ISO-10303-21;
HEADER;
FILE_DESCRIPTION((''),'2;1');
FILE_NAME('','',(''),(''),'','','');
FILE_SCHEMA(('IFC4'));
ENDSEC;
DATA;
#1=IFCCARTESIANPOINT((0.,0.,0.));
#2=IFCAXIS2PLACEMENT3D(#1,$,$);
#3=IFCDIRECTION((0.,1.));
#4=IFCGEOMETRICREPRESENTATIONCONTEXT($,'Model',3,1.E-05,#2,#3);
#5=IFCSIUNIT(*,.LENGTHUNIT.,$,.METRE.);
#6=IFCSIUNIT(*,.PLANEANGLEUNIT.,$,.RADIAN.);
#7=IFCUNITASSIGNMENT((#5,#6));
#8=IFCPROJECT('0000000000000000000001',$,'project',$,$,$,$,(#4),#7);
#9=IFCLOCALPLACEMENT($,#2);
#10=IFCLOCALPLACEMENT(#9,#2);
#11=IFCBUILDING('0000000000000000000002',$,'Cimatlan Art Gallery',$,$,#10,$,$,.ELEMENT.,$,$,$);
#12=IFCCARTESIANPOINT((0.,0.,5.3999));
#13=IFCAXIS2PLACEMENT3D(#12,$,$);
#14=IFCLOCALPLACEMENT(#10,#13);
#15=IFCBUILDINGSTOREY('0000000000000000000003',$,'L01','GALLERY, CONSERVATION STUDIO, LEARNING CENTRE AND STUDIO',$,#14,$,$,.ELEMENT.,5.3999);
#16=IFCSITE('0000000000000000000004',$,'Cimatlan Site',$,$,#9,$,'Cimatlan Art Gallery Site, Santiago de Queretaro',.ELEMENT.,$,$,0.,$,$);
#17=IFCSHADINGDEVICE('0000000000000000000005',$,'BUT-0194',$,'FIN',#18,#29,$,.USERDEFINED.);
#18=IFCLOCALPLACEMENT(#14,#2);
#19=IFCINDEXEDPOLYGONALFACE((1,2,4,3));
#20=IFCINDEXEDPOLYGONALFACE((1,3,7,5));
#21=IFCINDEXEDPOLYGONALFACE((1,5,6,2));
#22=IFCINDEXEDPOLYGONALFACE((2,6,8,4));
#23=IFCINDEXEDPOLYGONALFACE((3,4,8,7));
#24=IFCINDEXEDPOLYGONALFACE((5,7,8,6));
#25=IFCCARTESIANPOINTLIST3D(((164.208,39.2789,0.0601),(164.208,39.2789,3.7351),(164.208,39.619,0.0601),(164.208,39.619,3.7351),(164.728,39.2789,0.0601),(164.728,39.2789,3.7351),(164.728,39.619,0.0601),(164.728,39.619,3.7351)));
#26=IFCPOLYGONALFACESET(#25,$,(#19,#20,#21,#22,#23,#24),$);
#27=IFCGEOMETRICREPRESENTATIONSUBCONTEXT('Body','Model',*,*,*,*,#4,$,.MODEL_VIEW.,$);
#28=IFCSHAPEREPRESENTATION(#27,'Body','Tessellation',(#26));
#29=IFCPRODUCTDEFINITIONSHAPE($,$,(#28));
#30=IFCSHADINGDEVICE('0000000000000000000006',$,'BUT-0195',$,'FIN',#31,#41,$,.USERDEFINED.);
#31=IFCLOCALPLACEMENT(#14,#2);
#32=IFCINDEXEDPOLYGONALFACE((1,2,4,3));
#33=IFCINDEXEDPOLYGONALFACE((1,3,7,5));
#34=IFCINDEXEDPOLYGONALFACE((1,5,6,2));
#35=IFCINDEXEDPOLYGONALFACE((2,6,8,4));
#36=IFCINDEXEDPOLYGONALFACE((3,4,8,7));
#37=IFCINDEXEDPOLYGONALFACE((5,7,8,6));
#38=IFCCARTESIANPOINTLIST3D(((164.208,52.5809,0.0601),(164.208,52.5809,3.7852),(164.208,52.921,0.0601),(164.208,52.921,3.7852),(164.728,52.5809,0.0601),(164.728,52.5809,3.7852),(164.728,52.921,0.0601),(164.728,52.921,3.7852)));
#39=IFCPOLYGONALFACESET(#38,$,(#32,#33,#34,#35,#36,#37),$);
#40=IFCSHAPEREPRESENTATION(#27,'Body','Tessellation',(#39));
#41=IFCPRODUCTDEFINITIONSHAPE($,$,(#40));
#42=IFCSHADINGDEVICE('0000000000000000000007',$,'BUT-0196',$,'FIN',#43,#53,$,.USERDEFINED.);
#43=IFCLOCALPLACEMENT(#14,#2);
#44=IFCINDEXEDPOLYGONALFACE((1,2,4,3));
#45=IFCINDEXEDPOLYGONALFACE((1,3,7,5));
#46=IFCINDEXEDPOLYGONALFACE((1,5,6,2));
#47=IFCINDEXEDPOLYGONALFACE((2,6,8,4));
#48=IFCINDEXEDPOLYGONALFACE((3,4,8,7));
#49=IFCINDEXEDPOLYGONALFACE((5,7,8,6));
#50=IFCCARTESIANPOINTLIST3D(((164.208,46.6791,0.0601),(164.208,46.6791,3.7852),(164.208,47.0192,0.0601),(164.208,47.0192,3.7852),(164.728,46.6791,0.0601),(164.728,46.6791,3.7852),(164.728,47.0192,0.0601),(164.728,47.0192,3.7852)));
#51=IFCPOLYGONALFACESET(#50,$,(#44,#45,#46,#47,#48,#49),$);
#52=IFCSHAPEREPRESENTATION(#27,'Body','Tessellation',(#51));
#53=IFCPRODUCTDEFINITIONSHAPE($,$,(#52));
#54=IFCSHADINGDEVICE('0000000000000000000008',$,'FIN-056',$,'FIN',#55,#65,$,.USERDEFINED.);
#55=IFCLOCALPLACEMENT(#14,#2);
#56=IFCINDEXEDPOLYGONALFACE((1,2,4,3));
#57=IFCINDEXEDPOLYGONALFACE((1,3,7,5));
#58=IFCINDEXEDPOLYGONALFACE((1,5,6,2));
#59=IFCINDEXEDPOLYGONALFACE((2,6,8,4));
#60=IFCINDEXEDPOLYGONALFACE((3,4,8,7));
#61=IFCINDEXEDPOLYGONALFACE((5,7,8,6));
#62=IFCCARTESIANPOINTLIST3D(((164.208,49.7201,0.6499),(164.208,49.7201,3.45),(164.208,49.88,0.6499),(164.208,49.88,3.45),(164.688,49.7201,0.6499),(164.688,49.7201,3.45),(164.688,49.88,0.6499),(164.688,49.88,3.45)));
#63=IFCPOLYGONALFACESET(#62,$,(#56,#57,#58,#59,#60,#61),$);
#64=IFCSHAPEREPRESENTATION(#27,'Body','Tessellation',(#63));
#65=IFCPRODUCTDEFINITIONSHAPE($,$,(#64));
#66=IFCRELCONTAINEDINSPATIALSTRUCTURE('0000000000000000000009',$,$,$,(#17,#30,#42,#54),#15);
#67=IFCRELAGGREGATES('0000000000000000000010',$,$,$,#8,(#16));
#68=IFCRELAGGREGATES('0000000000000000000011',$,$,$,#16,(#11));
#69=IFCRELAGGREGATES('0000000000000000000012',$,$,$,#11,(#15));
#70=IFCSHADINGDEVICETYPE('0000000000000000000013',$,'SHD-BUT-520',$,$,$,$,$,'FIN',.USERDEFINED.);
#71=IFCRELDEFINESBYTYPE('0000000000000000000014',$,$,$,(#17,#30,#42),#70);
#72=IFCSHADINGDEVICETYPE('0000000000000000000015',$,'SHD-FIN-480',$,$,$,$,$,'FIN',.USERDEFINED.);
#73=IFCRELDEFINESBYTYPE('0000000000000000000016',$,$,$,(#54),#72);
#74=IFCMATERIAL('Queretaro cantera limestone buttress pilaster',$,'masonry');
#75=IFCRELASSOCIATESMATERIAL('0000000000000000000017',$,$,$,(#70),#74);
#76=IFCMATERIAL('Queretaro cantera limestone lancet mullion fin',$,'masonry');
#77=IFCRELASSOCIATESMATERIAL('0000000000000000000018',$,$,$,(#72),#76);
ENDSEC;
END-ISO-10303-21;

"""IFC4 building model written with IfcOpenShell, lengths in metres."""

from ifc_helpers import new_model, si_unit, direction, frame, origin, origin_2d, place, context, subcontext, project, spatial, rectangle, extrude, material, type_object, element, save


model = new_model("IFC4")

# Units and contexts
model_context = context("Model", 3, precision=1e-05, world=origin(), true_north=direction((0.0, 1.0)))
body_context = subcontext(model_context, "Body", "Model", "MODEL_VIEW")
ifc_project = project(units=[si_unit("LENGTHUNIT", "METRE"), si_unit("PLANEANGLEUNIT", "RADIAN")], contexts=[model_context])

# Site, building, storey
site_placement = place(None, origin())
site = spatial("IfcSite", under=ifc_project, at=site_placement, Name="Cimatlan Site", LongName="Cimatlan Art Gallery Site, Santiago de Queretaro", CompositionType="ELEMENT", RefElevation=0.0)
building_placement = place(site_placement, origin())
building = spatial("IfcBuilding", under=site, at=building_placement, Name="Cimatlan Art Gallery", CompositionType="ELEMENT")
storey_placement = place(building_placement, frame((0.0, 0.0, 5.3999)))
storey = spatial("IfcBuildingStorey", under=building, at=storey_placement, Name="L01", Description="GALLERY, CONSERVATION STUDIO, LEARNING CENTRE AND STUDIO", CompositionType="ELEMENT", Elevation=5.3999)

# Shading devices
ifc_material_1 = material(Name="Queretaro cantera limestone buttress pilaster", Category="masonry")
shading_device_type_1 = type_object("IfcShadingDeviceType", Name="SHD-BUT-520", ElementType="FIN", PredefinedType="USERDEFINED", material=ifc_material_1)
for number, where, z_axis, x_axis, name in (
    (1, (164.468, 39.449, 0.0601), (0.0, 0.0, 1.0), (0.0, -1.0, 0.0), "BUT-0194"),
):
    element("IfcShadingDevice", number, at=place(storey_placement, frame(where, z_axis=z_axis, x_axis=x_axis)), inside=storey, type_object=shading_device_type_1, Name=name, ObjectType="FIN", PredefinedType="USERDEFINED", context=body_context, shape_type="SweptSolid", body=[
        extrude(rectangle(XDim=0.3401, YDim=0.52, at=origin_2d()), origin(), (0.0, 0.0, 1.0), 3.675),
    ])
for number, where, z_axis, x_axis, name in (
    (2, (164.468, 52.751, 0.0601), (0.0, 0.0, 1.0), (0.0, -1.0, 0.0), "BUT-0195"),
    (3, (164.468, 46.8491, 0.0601), (0.0, 0.0, 1.0), (0.0, -1.0, 0.0), "BUT-0196"),
):
    element("IfcShadingDevice", number, at=place(storey_placement, frame(where, z_axis=z_axis, x_axis=x_axis)), inside=storey, type_object=shading_device_type_1, Name=name, ObjectType="FIN", PredefinedType="USERDEFINED", context=body_context, shape_type="SweptSolid", body=[
        extrude(rectangle(XDim=0.3401, YDim=0.52, at=origin_2d()), origin(), (0.0, 0.0, 1.0), 3.7251),
    ])
ifc_material_2 = material(Name="Queretaro cantera limestone lancet mullion fin", Category="masonry")
shading_device_type_2 = type_object("IfcShadingDeviceType", Name="SHD-FIN-480", ElementType="FIN", PredefinedType="USERDEFINED", material=ifc_material_2)
shading_device_placement = place(storey_placement, frame((164.448, 49.8, 0.6499), z_axis=(0.0, 0.0, 1.0), x_axis=(0.0, -1.0, 0.0)))
element("IfcShadingDevice", 4, at=shading_device_placement, inside=storey, type_object=shading_device_type_2, Name="FIN-056", ObjectType="FIN", PredefinedType="USERDEFINED", context=body_context, shape_type="SweptSolid", body=[
    extrude(rectangle(XDim=0.1599, YDim=0.48, at=origin_2d()), origin(), (0.0, 0.0, 1.0), 2.8),
])

save(model, "model.ifc")
